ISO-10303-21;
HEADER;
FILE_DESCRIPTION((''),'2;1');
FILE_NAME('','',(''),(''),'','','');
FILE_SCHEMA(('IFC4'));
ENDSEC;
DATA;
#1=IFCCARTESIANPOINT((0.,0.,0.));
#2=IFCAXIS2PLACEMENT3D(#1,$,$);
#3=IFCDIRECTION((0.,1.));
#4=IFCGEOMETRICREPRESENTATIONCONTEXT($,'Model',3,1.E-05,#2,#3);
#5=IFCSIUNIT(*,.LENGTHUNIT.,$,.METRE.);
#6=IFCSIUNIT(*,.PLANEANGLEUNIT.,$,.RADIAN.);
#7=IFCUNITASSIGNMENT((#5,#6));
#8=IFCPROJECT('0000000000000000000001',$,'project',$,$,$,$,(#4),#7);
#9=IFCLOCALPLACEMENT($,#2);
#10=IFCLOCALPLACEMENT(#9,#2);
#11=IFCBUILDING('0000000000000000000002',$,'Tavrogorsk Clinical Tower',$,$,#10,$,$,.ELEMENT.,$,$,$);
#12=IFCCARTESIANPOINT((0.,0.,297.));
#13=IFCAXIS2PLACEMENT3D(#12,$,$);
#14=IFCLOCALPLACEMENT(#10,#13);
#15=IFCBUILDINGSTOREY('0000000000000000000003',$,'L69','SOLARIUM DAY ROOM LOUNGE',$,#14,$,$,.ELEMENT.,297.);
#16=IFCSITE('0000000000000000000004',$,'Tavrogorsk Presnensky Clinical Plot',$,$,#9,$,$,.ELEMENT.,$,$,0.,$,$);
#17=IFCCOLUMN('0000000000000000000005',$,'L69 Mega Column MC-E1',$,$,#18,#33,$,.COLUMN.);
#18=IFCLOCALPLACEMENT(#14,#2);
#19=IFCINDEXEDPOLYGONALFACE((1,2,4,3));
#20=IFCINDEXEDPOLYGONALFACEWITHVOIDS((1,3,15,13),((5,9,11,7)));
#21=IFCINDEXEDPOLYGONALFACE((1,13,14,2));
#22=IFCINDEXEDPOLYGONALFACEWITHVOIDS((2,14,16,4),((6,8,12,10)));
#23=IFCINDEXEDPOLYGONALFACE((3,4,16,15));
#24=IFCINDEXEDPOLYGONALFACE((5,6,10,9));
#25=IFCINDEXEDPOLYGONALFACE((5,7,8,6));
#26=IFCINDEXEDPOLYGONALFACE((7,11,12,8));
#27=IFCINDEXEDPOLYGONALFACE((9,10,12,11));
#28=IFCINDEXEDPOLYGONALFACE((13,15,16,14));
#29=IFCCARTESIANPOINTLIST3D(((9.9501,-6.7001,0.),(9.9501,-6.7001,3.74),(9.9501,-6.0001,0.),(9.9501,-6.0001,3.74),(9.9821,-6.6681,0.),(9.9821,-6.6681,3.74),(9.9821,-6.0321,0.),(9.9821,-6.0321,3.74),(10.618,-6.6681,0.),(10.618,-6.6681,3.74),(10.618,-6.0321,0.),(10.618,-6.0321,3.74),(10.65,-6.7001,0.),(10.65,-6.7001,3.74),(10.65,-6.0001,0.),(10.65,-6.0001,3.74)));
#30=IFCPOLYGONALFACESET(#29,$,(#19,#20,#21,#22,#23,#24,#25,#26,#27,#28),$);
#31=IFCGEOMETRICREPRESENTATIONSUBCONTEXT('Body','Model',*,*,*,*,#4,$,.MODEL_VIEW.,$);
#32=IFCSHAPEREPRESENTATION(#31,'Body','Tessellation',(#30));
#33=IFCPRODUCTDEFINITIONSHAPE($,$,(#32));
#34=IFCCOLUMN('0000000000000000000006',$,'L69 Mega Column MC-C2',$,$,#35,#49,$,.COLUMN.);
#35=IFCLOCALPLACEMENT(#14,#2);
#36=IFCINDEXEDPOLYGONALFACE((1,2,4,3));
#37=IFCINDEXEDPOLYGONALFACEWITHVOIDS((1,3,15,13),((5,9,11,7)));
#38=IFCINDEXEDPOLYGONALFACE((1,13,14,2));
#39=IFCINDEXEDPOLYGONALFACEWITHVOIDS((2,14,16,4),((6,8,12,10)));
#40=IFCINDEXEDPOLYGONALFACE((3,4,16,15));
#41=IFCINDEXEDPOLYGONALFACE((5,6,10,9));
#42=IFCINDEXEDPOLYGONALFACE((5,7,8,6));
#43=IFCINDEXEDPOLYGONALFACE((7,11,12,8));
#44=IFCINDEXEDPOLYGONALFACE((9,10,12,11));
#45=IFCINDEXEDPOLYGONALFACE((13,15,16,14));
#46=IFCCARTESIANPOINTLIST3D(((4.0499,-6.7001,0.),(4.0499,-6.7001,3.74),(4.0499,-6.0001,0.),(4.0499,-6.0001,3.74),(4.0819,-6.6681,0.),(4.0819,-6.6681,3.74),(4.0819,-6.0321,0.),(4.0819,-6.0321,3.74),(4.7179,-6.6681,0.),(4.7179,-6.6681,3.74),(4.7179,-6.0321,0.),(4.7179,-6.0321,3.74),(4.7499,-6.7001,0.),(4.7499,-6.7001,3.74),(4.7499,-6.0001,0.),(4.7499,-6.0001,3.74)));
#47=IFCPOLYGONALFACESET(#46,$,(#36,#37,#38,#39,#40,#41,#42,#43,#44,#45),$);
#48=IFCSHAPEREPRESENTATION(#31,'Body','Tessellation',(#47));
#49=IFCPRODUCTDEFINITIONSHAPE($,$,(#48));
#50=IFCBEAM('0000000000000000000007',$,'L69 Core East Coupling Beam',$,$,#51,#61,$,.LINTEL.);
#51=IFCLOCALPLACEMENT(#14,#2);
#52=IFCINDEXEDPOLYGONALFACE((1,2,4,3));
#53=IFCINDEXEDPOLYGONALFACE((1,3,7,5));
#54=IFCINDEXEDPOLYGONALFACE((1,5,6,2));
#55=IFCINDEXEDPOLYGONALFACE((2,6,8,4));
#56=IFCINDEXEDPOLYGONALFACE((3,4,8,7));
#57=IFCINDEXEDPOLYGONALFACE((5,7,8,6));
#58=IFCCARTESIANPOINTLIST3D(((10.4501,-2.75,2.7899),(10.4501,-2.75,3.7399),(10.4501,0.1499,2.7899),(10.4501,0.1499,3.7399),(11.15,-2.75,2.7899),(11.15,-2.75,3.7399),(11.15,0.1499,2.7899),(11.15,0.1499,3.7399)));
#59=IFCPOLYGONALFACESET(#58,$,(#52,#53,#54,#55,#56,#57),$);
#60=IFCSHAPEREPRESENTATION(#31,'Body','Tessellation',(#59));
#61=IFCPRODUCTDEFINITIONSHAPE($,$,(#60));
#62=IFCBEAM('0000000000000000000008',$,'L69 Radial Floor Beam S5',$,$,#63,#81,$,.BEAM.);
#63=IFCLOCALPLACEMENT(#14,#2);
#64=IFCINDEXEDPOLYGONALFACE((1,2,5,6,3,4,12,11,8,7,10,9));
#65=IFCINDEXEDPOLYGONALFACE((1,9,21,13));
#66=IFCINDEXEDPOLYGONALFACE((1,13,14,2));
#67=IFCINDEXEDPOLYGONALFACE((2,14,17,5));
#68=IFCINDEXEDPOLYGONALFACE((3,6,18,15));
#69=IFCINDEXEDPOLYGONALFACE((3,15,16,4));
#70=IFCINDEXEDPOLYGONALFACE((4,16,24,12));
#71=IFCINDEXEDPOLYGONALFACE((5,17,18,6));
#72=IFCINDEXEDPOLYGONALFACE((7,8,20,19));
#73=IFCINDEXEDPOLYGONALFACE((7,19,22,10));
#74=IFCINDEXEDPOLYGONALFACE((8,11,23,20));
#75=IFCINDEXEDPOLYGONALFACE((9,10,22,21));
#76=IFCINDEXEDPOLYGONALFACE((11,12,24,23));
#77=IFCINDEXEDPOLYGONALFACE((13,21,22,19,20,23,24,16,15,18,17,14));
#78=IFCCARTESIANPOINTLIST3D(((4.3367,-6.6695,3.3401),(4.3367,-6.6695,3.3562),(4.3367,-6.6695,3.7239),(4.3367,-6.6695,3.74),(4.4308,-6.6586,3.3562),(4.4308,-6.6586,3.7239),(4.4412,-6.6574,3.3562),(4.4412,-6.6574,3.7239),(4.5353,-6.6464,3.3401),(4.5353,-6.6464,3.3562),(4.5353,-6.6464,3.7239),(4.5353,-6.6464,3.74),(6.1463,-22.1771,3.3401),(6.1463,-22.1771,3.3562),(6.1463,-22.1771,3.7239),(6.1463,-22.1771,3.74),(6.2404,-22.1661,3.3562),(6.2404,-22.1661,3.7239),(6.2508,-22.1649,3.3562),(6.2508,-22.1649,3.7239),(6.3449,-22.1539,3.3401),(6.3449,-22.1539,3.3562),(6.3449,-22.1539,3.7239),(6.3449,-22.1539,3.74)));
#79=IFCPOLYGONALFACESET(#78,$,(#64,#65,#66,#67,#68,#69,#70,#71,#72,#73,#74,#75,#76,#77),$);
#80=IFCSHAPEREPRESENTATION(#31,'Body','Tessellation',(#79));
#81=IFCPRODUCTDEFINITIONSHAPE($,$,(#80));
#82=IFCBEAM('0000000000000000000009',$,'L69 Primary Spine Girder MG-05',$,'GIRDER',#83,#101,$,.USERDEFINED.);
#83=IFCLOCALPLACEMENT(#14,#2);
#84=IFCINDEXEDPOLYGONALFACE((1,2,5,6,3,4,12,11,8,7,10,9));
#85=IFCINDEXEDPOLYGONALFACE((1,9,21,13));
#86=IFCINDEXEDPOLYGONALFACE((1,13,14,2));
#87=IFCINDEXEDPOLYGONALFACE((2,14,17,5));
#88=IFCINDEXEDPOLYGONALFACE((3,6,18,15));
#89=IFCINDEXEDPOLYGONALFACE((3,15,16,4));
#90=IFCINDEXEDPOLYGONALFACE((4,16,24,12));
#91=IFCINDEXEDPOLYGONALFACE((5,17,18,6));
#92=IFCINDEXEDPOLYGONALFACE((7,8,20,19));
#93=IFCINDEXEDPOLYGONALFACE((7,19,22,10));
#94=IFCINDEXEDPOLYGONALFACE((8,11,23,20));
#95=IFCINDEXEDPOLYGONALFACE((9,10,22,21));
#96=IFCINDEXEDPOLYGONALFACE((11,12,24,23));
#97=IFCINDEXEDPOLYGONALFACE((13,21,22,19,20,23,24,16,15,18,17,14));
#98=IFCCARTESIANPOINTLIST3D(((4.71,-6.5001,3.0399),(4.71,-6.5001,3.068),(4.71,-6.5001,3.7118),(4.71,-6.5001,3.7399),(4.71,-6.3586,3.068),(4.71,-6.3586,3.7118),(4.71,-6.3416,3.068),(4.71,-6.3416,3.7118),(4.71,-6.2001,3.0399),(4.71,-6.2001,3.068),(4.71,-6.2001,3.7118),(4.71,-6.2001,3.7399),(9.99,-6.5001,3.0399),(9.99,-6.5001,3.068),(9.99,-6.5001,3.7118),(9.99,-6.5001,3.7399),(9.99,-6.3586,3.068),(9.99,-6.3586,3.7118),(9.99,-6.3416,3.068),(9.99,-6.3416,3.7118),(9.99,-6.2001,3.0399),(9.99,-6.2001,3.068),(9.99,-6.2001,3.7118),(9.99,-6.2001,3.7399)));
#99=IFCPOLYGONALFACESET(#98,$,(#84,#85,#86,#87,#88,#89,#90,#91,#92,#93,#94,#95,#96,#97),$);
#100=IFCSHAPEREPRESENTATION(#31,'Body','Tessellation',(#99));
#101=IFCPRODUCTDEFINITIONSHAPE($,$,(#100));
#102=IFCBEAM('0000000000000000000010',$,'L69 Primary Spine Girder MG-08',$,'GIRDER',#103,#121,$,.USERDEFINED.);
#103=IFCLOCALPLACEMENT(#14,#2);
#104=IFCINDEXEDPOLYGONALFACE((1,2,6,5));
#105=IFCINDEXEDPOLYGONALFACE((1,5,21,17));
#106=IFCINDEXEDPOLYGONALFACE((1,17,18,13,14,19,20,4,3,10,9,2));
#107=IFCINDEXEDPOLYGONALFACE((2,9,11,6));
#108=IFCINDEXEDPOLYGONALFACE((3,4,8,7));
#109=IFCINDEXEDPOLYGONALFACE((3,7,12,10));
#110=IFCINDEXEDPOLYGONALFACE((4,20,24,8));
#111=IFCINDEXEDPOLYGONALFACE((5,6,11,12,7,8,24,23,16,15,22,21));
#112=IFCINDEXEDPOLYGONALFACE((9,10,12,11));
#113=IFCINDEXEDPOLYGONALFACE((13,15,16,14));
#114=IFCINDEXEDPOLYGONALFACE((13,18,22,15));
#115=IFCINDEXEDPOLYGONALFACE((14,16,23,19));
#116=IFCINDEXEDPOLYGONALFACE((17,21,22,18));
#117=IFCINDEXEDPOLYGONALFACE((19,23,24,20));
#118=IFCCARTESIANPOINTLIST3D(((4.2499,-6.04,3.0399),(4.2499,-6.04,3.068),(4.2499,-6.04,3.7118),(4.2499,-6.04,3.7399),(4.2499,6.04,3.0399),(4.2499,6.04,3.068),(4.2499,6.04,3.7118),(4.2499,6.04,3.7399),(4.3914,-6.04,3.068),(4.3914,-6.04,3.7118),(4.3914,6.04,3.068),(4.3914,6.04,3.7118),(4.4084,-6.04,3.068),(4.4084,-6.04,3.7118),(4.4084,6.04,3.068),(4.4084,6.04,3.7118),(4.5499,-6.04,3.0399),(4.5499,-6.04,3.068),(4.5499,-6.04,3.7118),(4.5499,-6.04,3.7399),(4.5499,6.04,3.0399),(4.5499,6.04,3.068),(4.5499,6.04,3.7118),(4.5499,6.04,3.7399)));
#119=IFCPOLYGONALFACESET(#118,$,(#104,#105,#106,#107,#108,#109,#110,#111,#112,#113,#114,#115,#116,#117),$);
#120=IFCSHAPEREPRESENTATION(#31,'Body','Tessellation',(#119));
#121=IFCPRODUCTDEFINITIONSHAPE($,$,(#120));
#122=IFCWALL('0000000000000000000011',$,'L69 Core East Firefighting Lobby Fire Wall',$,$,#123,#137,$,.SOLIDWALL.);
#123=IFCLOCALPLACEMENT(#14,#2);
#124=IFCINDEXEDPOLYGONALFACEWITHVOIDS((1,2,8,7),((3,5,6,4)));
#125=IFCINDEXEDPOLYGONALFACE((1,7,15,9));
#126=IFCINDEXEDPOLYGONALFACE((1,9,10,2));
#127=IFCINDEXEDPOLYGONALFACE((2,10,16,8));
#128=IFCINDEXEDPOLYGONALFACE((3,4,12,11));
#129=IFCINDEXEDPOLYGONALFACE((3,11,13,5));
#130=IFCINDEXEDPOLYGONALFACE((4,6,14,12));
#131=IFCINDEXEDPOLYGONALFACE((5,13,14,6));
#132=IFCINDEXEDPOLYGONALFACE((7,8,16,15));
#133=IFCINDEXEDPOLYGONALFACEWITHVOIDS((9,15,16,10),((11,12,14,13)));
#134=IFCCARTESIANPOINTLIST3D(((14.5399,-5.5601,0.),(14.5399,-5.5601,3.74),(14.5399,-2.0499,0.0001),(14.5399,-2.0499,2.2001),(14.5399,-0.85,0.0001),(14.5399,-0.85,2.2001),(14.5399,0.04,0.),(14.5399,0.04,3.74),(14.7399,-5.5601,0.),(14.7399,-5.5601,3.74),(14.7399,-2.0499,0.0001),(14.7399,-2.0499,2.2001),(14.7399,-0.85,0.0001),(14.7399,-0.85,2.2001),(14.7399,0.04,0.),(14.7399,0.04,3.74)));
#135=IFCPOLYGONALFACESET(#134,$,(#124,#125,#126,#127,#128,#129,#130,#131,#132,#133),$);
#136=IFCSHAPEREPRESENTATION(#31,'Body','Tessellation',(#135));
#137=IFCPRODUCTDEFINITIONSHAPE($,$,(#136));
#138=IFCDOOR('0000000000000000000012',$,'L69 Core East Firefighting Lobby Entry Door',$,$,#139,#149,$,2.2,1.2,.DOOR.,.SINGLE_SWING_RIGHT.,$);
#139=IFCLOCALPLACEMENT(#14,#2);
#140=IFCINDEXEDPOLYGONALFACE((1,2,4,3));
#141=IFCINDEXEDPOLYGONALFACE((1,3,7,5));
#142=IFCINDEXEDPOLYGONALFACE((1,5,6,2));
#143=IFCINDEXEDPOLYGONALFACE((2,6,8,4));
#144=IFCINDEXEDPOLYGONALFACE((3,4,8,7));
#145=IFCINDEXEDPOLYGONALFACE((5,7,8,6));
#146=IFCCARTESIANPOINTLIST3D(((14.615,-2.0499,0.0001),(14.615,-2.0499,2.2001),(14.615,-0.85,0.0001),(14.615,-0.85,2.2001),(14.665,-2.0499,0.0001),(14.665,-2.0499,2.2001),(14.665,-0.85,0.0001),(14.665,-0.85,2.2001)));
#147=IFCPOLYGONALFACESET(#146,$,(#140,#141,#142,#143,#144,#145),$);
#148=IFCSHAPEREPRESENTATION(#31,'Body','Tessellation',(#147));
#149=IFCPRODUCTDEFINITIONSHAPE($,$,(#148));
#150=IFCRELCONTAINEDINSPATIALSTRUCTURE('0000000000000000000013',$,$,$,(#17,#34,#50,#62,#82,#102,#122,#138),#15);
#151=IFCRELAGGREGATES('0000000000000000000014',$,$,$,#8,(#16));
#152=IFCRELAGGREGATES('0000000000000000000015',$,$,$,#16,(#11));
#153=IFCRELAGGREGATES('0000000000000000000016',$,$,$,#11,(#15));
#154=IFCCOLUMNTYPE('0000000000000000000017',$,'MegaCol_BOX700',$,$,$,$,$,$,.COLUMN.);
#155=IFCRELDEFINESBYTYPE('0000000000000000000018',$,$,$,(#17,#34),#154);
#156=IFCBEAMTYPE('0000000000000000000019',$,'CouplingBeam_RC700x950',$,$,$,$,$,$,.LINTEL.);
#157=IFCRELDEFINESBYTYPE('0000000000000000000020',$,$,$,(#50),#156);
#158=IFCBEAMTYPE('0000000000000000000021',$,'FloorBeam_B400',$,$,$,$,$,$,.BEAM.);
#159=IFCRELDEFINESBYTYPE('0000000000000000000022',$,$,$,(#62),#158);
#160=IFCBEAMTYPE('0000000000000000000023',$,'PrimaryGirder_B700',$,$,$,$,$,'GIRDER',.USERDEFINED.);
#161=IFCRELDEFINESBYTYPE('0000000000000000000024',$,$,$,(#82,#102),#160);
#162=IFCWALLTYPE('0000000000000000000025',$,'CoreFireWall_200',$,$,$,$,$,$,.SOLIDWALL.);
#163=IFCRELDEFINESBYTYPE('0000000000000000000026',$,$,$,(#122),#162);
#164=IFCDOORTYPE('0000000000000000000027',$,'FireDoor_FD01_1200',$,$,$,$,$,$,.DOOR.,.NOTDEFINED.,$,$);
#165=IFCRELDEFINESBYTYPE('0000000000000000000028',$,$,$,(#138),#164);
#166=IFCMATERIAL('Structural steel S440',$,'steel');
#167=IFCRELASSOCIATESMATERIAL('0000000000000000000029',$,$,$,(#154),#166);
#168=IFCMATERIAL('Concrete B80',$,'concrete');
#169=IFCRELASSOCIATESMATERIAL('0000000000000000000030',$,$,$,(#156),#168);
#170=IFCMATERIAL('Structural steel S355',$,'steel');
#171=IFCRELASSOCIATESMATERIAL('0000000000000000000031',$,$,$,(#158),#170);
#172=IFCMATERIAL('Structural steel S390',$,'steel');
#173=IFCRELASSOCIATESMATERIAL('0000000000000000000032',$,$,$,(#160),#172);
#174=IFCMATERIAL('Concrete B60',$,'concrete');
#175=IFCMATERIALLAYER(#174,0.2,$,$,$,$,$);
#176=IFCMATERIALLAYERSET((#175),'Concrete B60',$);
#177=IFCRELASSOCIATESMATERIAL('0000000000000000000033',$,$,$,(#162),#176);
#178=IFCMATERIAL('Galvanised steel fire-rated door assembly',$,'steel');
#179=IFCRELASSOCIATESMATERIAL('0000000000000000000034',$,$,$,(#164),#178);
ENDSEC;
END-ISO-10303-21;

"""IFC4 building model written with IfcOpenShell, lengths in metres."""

from ifc_helpers import new_model, si_unit, direction, frame, frame_2d, origin, origin_2d, place, context, subcontext, project, spatial, rectangle, hollow_rectangle, i_section, extrude, material, layer, layer_set, material_profile, profile_set, type_object, element, fill, save


model = new_model("IFC4")

# Units and contexts
model_context = context("Model", 3, precision=1e-05, world=origin(), true_north=direction((0.0, 1.0)))
body_context = subcontext(model_context, "Body", "Model", "MODEL_VIEW")
ifc_project = project(units=[si_unit("LENGTHUNIT", "METRE"), si_unit("PLANEANGLEUNIT", "RADIAN")], contexts=[model_context])

# Site, building, storey
site_placement = place(None, origin())
site = spatial("IfcSite", under=ifc_project, at=site_placement, Name="Tavrogorsk Presnensky Clinical Plot", CompositionType="ELEMENT", RefElevation=0.0)
building_placement = place(site_placement, origin())
building = spatial("IfcBuilding", under=site, at=building_placement, Name="Tavrogorsk Clinical Tower", CompositionType="ELEMENT")
storey_placement = place(building_placement, frame((0.0, 0.0, 297.0)))
storey = spatial("IfcBuildingStorey", under=building, at=storey_placement, Name="L69", Description="SOLARIUM DAY ROOM LOUNGE", CompositionType="ELEMENT", Elevation=297.0)

# Columns
ifc_material_1 = material(Name="Structural steel S440", Category="steel")
ifc_material_profile_1 = material_profile(ifc_material_1, hollow_rectangle(XDim=0.7, YDim=0.7, WallThickness=0.032, at=origin_2d()), Name="BOX-700x700x32")
ifc_profile_set_1 = profile_set([ifc_material_profile_1], Name="Structural steel S440")
column_type = type_object("IfcColumnType", Name="MegaCol_BOX700", PredefinedType="COLUMN", material=ifc_profile_set_1)
for number, where, z_axis, x_axis, name in (
    (1, (10.3, -6.3501, 0.0), (0.0, 0.0, 1.0), (1.0, 0.0, 0.0), "L69 Mega Column MC-E1"),
    (2, (4.3999, -6.3501, 0.0), (0.0, 0.0, 1.0), (1.0, 0.0, 0.0), "L69 Mega Column MC-C2"),
):
    element("IfcColumn", number, at=place(storey_placement, frame(where, z_axis=z_axis, x_axis=x_axis)), inside=storey, type_object=column_type, Name=name, PredefinedType="COLUMN", context=body_context, shape_type="SweptSolid", body=[
        extrude(hollow_rectangle(XDim=0.7, YDim=0.7, WallThickness=0.032, at=origin_2d()), origin(), (0.0, 0.0, 1.0), 3.74),
    ])

# Beams
ifc_material_2 = material(Name="Concrete B80", Category="concrete")
ifc_material_profile_2 = material_profile(ifc_material_2, rectangle(XDim=0.7, YDim=0.95, at=origin_2d()), Name="RC-CB-700x950")
ifc_profile_set_2 = profile_set([ifc_material_profile_2], Name="Concrete B80")
beam_type_1 = type_object("IfcBeamType", Name="CouplingBeam_RC700x950", PredefinedType="LINTEL", material=ifc_profile_set_2)
beam_1_placement = place(storey_placement, frame((10.8, -2.75, 3.2649), z_axis=(0.0, 1.0, 0.0), x_axis=(-1.0, 0.0, 0.0)))
element("IfcBeam", 3, at=beam_1_placement, inside=storey, type_object=beam_type_1, Name="L69 Core East Coupling Beam", PredefinedType="LINTEL", context=body_context, shape_type="SweptSolid", body=[
    extrude(rectangle(XDim=0.7, YDim=0.95, at=origin_2d()), origin(), (0.0, 0.0, 1.0), 2.8999),
])
ifc_material_3 = material(Name="Structural steel S355", Category="steel")
ifc_material_profile_3 = material_profile(ifc_material_3, i_section(OverallWidth=0.2, OverallDepth=0.3999, WebThickness=0.0105, FlangeThickness=0.0161, at=origin_2d()), Name="B-400x200x10.5x16")
ifc_profile_set_3 = profile_set([ifc_material_profile_3], Name="Structural steel S355")
beam_type_2 = type_object("IfcBeamType", Name="FloorBeam_B400", PredefinedType="BEAM", material=ifc_profile_set_3)
beam_2_placement = place(storey_placement, frame((4.436, -6.658, 3.54), z_axis=(0.115903, -0.993261, 0.0), x_axis=(0.993261, 0.115903, 0.0)))
element("IfcBeam", 4, at=beam_2_placement, inside=storey, type_object=beam_type_2, Name="L69 Radial Floor Beam S5", PredefinedType="BEAM", context=body_context, shape_type="SweptSolid", body=[
    extrude(i_section(OverallWidth=0.2, OverallDepth=0.3999, WebThickness=0.0105, FlangeThickness=0.0161, at=origin_2d()), origin(), (0.0, 0.0, 1.0), 15.6128),
])
ifc_material_4 = material(Name="Structural steel S390", Category="steel")
ifc_material_profile_4 = material_profile(ifc_material_4, i_section(OverallWidth=0.3, OverallDepth=0.7, WebThickness=0.0171, FlangeThickness=0.0281, at=origin_2d()), Name="B-700x300x17x28")
ifc_profile_set_4 = profile_set([ifc_material_profile_4], Name="Structural steel S390")
beam_type_3 = type_object("IfcBeamType", Name="PrimaryGirder_B700", ElementType="GIRDER", PredefinedType="USERDEFINED", material=ifc_profile_set_4)
beam_3_placement = place(storey_placement, frame((4.71, -6.3501, 3.3899), z_axis=(1.0, 0.0, 0.0), x_axis=(0.0, 1.0, 0.0)))
element("IfcBeam", 5, at=beam_3_placement, inside=storey, type_object=beam_type_3, Name="L69 Primary Spine Girder MG-05", ObjectType="GIRDER", PredefinedType="USERDEFINED", context=body_context, shape_type="SweptSolid", body=[
    extrude(i_section(OverallWidth=0.3, OverallDepth=0.7, WebThickness=0.0171, FlangeThickness=0.0281, at=origin_2d()), origin(), (0.0, 0.0, 1.0), 5.28),
])
beam_4_placement = place(storey_placement, frame((4.3999, -6.04, 3.3899), z_axis=(0.0, 1.0, 0.0), x_axis=(-1.0, 0.0, 0.0)))
element("IfcBeam", 6, at=beam_4_placement, inside=storey, type_object=beam_type_3, Name="L69 Primary Spine Girder MG-08", ObjectType="GIRDER", PredefinedType="USERDEFINED", context=body_context, shape_type="SweptSolid", body=[
    extrude(i_section(OverallWidth=0.3, OverallDepth=0.7, WebThickness=0.0171, FlangeThickness=0.0281, at=origin_2d()), origin(), (0.0, 0.0, 1.0), 12.0801),
])

# Wall, opening, door
ifc_material_5 = material(Name="Concrete B60", Category="concrete")
ifc_layer_1 = layer(ifc_material_5, 0.2)
ifc_layer_set_1 = layer_set([ifc_layer_1], Name="Concrete B60")
wall_type_1 = type_object("IfcWallType", Name="CoreFireWall_200", PredefinedType="SOLIDWALL", material=ifc_layer_set_1)
wall_1_placement = place(storey_placement, frame((14.6399, -5.5601, 0.0), z_axis=(0.0, 0.0, 1.0), x_axis=(0.0, 1.0, 0.0)))
wall_1 = element("IfcWall", 7, at=wall_1_placement, inside=storey, type_object=wall_type_1, Name="L69 Core East Firefighting Lobby Fire Wall", PredefinedType="SOLIDWALL", context=body_context, shape_type="SweptSolid", body=[
    extrude(rectangle(XDim=5.6001, YDim=0.2, at=frame_2d((2.8, 0.0))), origin(), (0.0, 0.0, 1.0), 3.74),
])
opening_1_placement = place(wall_1_placement, frame((3.51, 0.0, 0.0)))
opening_1 = element("IfcOpeningElement", 8, at=opening_1_placement, cuts=wall_1, PredefinedType="OPENING", context=body_context, shape_type="SweptSolid", body=[
    extrude(rectangle(XDim=1.2, YDim=2.2, at=frame_2d((0.6001, 1.1001))), frame((0.0, 0.1099, 0.0), z_axis=(0.0, -1.0, 0.0), x_axis=(1.0, 0.0, 0.0)), (0.0, 0.0, 1.0), 0.22),
])
ifc_material_6 = material(Name="Galvanised steel fire-rated door assembly", Category="steel")
door_type_1 = type_object("IfcDoorType", Name="FireDoor_FD01_1200", OperationType="NOTDEFINED", PredefinedType="DOOR", material=ifc_material_6)
door_1_placement = place(opening_1_placement, origin())
door_1 = element("IfcDoor", 9, at=door_1_placement, inside=storey, type_object=door_type_1, Name="L69 Core East Firefighting Lobby Entry Door", OperationType="SINGLE_SWING_RIGHT", OverallHeight=2.2, OverallWidth=1.2, PredefinedType="DOOR", context=body_context, shape_type="SweptSolid", body=[
    extrude(rectangle(XDim=1.2, YDim=2.2, at=frame_2d((0.6001, 1.1001))), frame((0.0, 0.0249, 0.0), z_axis=(0.0, -1.0, 0.0), x_axis=(1.0, 0.0, 0.0)), (0.0, 0.0, 1.0), 0.05),
])
fill(opening_1, door_1)

save(model, "model.ifc")
